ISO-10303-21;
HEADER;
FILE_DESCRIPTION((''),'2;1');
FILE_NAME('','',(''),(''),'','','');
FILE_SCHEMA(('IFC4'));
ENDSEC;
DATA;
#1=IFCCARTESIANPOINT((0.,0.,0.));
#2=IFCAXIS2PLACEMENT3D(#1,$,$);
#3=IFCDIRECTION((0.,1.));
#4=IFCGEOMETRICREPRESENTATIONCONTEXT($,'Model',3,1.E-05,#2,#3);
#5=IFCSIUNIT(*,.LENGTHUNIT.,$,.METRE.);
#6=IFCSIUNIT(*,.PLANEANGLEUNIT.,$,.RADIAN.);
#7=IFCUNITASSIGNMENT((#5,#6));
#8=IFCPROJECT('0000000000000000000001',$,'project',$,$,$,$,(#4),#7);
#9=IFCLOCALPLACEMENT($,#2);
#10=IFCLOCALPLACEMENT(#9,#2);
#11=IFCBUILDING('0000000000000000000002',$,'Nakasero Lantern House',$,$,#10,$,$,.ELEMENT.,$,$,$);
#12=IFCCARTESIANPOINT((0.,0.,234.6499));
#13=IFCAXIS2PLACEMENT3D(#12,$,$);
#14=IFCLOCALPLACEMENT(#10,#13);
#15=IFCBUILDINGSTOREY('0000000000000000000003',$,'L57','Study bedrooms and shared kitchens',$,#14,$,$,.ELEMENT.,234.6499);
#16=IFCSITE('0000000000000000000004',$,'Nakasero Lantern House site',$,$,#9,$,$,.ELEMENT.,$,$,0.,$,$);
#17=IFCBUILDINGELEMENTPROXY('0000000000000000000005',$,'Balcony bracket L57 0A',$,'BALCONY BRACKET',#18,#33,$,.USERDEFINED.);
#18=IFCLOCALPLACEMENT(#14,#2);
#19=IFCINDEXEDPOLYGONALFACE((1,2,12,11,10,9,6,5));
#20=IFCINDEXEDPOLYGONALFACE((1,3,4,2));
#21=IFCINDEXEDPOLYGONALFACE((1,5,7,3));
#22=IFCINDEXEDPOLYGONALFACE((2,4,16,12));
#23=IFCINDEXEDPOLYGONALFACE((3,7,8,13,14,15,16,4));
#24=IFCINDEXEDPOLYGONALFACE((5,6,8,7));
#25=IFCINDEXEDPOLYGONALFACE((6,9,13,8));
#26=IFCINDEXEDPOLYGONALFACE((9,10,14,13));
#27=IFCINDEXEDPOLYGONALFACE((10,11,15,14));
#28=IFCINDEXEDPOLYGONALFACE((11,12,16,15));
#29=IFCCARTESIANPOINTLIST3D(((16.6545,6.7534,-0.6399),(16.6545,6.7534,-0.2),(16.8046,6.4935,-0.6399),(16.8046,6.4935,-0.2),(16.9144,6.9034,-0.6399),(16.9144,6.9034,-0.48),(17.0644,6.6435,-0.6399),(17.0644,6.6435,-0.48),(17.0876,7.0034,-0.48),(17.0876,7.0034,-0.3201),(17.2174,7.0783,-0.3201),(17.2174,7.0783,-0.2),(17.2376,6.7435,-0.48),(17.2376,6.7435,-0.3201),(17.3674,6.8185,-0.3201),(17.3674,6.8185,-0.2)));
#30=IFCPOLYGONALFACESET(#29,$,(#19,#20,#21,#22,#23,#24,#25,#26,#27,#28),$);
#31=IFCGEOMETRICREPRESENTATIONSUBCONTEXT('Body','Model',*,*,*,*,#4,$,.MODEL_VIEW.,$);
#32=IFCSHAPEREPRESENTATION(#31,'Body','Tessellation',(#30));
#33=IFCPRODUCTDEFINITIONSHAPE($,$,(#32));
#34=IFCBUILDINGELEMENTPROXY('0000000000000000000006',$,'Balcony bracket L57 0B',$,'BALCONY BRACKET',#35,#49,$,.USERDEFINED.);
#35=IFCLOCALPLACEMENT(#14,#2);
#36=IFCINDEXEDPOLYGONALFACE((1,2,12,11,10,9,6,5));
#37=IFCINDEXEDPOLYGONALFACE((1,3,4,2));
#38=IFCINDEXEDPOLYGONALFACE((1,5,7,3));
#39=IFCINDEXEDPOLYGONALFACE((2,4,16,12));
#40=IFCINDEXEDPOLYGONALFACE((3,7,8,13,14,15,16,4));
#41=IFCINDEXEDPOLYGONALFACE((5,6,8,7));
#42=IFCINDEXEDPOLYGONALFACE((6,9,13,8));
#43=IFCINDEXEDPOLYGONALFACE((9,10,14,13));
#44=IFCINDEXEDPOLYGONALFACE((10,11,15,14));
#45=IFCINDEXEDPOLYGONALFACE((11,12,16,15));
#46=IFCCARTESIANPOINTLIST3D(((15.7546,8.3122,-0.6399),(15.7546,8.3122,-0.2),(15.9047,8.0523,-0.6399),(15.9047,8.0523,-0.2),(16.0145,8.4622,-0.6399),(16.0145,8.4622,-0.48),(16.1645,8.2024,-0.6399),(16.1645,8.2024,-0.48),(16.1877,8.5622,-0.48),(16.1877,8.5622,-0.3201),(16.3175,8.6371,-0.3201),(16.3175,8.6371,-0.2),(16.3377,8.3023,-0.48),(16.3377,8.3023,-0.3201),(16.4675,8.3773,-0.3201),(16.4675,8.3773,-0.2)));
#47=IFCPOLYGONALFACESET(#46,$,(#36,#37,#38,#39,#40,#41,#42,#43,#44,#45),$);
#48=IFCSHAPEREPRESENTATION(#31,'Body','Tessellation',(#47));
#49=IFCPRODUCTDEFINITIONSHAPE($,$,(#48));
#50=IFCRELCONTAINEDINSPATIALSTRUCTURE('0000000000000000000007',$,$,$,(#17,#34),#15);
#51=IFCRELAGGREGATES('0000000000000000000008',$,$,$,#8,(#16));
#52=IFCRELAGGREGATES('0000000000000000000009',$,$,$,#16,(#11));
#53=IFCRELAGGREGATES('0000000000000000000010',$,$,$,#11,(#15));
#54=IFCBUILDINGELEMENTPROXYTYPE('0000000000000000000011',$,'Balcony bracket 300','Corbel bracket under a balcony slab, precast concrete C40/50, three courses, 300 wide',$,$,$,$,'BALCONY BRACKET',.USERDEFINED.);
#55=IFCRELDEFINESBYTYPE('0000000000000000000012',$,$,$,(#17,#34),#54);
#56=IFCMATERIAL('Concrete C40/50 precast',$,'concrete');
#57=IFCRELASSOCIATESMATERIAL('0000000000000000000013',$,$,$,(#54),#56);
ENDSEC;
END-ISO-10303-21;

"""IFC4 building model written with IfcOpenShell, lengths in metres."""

from ifc_helpers import new_model, si_unit, direction, frame, origin, place, context, subcontext, project, spatial, polyline, outline, extrude, material, type_object, element, save


model = new_model("IFC4")

# Units and contexts
model_context = context("Model", 3, precision=1e-05, world=origin(), true_north=direction((0.0, 1.0)))
body_context = subcontext(model_context, "Body", "Model", "MODEL_VIEW")
ifc_project = project(units=[si_unit("LENGTHUNIT", "METRE"), si_unit("PLANEANGLEUNIT", "RADIAN")], contexts=[model_context])

# Site, building, storey
site_placement = place(None, origin())
site = spatial("IfcSite", under=ifc_project, at=site_placement, Name="Nakasero Lantern House site", CompositionType="ELEMENT", RefElevation=0.0)
building_placement = place(site_placement, origin())
building = spatial("IfcBuilding", under=site, at=building_placement, Name="Nakasero Lantern House", CompositionType="ELEMENT")
storey_placement = place(building_placement, frame((0.0, 0.0, 234.6499)))
storey = spatial("IfcBuildingStorey", under=building, at=storey_placement, Name="L57", Description="Study bedrooms and shared kitchens", CompositionType="ELEMENT", Elevation=234.6499)

# Building element proxies
ifc_material_1 = material(Name="Concrete C40/50 precast", Category="concrete")
building_element_proxy_type = type_object("IfcBuildingElementProxyType", Name="Balcony bracket 300", Description="Corbel bracket under a balcony slab, precast concrete C40/50, three courses, 300 wide", ElementType="BALCONY BRACKET", PredefinedType="USERDEFINED", material=ifc_material_1)
for number, where, z_axis, x_axis, name in (
    (1, (16.7295, 6.6235, -0.2), (0.0, 0.0, 1.0), (0.866025, 0.5, 0.0), "Balcony bracket L57 0A"),
    (2, (15.8296, 8.1824, -0.2), (0.0, 0.0, 1.0), (0.866025, 0.5, 0.0), "Balcony bracket L57 0B"),
):
    element("IfcBuildingElementProxy", number, at=place(storey_placement, frame(where, z_axis=z_axis, x_axis=x_axis)), inside=storey, type_object=building_element_proxy_type, Name=name, ObjectType="BALCONY BRACKET", PredefinedType="USERDEFINED", context=body_context, shape_type="SweptSolid", body=[
        extrude(outline(polyline([(0.0, 0.0), (0.6499, 0.0), (0.6499, -0.1201), (0.5, -0.1201), (0.5, -0.28), (0.3, -0.28), (0.3, -0.4399), (0.0, -0.4399), (0.0, 0.0)])), frame((0.0, 0.1499, 0.0), z_axis=(0.0, -1.0, 0.0), x_axis=(1.0, 0.0, 0.0)), (0.0, 0.0, 1.0), 0.3),
    ])

save(model, "model.ifc")
